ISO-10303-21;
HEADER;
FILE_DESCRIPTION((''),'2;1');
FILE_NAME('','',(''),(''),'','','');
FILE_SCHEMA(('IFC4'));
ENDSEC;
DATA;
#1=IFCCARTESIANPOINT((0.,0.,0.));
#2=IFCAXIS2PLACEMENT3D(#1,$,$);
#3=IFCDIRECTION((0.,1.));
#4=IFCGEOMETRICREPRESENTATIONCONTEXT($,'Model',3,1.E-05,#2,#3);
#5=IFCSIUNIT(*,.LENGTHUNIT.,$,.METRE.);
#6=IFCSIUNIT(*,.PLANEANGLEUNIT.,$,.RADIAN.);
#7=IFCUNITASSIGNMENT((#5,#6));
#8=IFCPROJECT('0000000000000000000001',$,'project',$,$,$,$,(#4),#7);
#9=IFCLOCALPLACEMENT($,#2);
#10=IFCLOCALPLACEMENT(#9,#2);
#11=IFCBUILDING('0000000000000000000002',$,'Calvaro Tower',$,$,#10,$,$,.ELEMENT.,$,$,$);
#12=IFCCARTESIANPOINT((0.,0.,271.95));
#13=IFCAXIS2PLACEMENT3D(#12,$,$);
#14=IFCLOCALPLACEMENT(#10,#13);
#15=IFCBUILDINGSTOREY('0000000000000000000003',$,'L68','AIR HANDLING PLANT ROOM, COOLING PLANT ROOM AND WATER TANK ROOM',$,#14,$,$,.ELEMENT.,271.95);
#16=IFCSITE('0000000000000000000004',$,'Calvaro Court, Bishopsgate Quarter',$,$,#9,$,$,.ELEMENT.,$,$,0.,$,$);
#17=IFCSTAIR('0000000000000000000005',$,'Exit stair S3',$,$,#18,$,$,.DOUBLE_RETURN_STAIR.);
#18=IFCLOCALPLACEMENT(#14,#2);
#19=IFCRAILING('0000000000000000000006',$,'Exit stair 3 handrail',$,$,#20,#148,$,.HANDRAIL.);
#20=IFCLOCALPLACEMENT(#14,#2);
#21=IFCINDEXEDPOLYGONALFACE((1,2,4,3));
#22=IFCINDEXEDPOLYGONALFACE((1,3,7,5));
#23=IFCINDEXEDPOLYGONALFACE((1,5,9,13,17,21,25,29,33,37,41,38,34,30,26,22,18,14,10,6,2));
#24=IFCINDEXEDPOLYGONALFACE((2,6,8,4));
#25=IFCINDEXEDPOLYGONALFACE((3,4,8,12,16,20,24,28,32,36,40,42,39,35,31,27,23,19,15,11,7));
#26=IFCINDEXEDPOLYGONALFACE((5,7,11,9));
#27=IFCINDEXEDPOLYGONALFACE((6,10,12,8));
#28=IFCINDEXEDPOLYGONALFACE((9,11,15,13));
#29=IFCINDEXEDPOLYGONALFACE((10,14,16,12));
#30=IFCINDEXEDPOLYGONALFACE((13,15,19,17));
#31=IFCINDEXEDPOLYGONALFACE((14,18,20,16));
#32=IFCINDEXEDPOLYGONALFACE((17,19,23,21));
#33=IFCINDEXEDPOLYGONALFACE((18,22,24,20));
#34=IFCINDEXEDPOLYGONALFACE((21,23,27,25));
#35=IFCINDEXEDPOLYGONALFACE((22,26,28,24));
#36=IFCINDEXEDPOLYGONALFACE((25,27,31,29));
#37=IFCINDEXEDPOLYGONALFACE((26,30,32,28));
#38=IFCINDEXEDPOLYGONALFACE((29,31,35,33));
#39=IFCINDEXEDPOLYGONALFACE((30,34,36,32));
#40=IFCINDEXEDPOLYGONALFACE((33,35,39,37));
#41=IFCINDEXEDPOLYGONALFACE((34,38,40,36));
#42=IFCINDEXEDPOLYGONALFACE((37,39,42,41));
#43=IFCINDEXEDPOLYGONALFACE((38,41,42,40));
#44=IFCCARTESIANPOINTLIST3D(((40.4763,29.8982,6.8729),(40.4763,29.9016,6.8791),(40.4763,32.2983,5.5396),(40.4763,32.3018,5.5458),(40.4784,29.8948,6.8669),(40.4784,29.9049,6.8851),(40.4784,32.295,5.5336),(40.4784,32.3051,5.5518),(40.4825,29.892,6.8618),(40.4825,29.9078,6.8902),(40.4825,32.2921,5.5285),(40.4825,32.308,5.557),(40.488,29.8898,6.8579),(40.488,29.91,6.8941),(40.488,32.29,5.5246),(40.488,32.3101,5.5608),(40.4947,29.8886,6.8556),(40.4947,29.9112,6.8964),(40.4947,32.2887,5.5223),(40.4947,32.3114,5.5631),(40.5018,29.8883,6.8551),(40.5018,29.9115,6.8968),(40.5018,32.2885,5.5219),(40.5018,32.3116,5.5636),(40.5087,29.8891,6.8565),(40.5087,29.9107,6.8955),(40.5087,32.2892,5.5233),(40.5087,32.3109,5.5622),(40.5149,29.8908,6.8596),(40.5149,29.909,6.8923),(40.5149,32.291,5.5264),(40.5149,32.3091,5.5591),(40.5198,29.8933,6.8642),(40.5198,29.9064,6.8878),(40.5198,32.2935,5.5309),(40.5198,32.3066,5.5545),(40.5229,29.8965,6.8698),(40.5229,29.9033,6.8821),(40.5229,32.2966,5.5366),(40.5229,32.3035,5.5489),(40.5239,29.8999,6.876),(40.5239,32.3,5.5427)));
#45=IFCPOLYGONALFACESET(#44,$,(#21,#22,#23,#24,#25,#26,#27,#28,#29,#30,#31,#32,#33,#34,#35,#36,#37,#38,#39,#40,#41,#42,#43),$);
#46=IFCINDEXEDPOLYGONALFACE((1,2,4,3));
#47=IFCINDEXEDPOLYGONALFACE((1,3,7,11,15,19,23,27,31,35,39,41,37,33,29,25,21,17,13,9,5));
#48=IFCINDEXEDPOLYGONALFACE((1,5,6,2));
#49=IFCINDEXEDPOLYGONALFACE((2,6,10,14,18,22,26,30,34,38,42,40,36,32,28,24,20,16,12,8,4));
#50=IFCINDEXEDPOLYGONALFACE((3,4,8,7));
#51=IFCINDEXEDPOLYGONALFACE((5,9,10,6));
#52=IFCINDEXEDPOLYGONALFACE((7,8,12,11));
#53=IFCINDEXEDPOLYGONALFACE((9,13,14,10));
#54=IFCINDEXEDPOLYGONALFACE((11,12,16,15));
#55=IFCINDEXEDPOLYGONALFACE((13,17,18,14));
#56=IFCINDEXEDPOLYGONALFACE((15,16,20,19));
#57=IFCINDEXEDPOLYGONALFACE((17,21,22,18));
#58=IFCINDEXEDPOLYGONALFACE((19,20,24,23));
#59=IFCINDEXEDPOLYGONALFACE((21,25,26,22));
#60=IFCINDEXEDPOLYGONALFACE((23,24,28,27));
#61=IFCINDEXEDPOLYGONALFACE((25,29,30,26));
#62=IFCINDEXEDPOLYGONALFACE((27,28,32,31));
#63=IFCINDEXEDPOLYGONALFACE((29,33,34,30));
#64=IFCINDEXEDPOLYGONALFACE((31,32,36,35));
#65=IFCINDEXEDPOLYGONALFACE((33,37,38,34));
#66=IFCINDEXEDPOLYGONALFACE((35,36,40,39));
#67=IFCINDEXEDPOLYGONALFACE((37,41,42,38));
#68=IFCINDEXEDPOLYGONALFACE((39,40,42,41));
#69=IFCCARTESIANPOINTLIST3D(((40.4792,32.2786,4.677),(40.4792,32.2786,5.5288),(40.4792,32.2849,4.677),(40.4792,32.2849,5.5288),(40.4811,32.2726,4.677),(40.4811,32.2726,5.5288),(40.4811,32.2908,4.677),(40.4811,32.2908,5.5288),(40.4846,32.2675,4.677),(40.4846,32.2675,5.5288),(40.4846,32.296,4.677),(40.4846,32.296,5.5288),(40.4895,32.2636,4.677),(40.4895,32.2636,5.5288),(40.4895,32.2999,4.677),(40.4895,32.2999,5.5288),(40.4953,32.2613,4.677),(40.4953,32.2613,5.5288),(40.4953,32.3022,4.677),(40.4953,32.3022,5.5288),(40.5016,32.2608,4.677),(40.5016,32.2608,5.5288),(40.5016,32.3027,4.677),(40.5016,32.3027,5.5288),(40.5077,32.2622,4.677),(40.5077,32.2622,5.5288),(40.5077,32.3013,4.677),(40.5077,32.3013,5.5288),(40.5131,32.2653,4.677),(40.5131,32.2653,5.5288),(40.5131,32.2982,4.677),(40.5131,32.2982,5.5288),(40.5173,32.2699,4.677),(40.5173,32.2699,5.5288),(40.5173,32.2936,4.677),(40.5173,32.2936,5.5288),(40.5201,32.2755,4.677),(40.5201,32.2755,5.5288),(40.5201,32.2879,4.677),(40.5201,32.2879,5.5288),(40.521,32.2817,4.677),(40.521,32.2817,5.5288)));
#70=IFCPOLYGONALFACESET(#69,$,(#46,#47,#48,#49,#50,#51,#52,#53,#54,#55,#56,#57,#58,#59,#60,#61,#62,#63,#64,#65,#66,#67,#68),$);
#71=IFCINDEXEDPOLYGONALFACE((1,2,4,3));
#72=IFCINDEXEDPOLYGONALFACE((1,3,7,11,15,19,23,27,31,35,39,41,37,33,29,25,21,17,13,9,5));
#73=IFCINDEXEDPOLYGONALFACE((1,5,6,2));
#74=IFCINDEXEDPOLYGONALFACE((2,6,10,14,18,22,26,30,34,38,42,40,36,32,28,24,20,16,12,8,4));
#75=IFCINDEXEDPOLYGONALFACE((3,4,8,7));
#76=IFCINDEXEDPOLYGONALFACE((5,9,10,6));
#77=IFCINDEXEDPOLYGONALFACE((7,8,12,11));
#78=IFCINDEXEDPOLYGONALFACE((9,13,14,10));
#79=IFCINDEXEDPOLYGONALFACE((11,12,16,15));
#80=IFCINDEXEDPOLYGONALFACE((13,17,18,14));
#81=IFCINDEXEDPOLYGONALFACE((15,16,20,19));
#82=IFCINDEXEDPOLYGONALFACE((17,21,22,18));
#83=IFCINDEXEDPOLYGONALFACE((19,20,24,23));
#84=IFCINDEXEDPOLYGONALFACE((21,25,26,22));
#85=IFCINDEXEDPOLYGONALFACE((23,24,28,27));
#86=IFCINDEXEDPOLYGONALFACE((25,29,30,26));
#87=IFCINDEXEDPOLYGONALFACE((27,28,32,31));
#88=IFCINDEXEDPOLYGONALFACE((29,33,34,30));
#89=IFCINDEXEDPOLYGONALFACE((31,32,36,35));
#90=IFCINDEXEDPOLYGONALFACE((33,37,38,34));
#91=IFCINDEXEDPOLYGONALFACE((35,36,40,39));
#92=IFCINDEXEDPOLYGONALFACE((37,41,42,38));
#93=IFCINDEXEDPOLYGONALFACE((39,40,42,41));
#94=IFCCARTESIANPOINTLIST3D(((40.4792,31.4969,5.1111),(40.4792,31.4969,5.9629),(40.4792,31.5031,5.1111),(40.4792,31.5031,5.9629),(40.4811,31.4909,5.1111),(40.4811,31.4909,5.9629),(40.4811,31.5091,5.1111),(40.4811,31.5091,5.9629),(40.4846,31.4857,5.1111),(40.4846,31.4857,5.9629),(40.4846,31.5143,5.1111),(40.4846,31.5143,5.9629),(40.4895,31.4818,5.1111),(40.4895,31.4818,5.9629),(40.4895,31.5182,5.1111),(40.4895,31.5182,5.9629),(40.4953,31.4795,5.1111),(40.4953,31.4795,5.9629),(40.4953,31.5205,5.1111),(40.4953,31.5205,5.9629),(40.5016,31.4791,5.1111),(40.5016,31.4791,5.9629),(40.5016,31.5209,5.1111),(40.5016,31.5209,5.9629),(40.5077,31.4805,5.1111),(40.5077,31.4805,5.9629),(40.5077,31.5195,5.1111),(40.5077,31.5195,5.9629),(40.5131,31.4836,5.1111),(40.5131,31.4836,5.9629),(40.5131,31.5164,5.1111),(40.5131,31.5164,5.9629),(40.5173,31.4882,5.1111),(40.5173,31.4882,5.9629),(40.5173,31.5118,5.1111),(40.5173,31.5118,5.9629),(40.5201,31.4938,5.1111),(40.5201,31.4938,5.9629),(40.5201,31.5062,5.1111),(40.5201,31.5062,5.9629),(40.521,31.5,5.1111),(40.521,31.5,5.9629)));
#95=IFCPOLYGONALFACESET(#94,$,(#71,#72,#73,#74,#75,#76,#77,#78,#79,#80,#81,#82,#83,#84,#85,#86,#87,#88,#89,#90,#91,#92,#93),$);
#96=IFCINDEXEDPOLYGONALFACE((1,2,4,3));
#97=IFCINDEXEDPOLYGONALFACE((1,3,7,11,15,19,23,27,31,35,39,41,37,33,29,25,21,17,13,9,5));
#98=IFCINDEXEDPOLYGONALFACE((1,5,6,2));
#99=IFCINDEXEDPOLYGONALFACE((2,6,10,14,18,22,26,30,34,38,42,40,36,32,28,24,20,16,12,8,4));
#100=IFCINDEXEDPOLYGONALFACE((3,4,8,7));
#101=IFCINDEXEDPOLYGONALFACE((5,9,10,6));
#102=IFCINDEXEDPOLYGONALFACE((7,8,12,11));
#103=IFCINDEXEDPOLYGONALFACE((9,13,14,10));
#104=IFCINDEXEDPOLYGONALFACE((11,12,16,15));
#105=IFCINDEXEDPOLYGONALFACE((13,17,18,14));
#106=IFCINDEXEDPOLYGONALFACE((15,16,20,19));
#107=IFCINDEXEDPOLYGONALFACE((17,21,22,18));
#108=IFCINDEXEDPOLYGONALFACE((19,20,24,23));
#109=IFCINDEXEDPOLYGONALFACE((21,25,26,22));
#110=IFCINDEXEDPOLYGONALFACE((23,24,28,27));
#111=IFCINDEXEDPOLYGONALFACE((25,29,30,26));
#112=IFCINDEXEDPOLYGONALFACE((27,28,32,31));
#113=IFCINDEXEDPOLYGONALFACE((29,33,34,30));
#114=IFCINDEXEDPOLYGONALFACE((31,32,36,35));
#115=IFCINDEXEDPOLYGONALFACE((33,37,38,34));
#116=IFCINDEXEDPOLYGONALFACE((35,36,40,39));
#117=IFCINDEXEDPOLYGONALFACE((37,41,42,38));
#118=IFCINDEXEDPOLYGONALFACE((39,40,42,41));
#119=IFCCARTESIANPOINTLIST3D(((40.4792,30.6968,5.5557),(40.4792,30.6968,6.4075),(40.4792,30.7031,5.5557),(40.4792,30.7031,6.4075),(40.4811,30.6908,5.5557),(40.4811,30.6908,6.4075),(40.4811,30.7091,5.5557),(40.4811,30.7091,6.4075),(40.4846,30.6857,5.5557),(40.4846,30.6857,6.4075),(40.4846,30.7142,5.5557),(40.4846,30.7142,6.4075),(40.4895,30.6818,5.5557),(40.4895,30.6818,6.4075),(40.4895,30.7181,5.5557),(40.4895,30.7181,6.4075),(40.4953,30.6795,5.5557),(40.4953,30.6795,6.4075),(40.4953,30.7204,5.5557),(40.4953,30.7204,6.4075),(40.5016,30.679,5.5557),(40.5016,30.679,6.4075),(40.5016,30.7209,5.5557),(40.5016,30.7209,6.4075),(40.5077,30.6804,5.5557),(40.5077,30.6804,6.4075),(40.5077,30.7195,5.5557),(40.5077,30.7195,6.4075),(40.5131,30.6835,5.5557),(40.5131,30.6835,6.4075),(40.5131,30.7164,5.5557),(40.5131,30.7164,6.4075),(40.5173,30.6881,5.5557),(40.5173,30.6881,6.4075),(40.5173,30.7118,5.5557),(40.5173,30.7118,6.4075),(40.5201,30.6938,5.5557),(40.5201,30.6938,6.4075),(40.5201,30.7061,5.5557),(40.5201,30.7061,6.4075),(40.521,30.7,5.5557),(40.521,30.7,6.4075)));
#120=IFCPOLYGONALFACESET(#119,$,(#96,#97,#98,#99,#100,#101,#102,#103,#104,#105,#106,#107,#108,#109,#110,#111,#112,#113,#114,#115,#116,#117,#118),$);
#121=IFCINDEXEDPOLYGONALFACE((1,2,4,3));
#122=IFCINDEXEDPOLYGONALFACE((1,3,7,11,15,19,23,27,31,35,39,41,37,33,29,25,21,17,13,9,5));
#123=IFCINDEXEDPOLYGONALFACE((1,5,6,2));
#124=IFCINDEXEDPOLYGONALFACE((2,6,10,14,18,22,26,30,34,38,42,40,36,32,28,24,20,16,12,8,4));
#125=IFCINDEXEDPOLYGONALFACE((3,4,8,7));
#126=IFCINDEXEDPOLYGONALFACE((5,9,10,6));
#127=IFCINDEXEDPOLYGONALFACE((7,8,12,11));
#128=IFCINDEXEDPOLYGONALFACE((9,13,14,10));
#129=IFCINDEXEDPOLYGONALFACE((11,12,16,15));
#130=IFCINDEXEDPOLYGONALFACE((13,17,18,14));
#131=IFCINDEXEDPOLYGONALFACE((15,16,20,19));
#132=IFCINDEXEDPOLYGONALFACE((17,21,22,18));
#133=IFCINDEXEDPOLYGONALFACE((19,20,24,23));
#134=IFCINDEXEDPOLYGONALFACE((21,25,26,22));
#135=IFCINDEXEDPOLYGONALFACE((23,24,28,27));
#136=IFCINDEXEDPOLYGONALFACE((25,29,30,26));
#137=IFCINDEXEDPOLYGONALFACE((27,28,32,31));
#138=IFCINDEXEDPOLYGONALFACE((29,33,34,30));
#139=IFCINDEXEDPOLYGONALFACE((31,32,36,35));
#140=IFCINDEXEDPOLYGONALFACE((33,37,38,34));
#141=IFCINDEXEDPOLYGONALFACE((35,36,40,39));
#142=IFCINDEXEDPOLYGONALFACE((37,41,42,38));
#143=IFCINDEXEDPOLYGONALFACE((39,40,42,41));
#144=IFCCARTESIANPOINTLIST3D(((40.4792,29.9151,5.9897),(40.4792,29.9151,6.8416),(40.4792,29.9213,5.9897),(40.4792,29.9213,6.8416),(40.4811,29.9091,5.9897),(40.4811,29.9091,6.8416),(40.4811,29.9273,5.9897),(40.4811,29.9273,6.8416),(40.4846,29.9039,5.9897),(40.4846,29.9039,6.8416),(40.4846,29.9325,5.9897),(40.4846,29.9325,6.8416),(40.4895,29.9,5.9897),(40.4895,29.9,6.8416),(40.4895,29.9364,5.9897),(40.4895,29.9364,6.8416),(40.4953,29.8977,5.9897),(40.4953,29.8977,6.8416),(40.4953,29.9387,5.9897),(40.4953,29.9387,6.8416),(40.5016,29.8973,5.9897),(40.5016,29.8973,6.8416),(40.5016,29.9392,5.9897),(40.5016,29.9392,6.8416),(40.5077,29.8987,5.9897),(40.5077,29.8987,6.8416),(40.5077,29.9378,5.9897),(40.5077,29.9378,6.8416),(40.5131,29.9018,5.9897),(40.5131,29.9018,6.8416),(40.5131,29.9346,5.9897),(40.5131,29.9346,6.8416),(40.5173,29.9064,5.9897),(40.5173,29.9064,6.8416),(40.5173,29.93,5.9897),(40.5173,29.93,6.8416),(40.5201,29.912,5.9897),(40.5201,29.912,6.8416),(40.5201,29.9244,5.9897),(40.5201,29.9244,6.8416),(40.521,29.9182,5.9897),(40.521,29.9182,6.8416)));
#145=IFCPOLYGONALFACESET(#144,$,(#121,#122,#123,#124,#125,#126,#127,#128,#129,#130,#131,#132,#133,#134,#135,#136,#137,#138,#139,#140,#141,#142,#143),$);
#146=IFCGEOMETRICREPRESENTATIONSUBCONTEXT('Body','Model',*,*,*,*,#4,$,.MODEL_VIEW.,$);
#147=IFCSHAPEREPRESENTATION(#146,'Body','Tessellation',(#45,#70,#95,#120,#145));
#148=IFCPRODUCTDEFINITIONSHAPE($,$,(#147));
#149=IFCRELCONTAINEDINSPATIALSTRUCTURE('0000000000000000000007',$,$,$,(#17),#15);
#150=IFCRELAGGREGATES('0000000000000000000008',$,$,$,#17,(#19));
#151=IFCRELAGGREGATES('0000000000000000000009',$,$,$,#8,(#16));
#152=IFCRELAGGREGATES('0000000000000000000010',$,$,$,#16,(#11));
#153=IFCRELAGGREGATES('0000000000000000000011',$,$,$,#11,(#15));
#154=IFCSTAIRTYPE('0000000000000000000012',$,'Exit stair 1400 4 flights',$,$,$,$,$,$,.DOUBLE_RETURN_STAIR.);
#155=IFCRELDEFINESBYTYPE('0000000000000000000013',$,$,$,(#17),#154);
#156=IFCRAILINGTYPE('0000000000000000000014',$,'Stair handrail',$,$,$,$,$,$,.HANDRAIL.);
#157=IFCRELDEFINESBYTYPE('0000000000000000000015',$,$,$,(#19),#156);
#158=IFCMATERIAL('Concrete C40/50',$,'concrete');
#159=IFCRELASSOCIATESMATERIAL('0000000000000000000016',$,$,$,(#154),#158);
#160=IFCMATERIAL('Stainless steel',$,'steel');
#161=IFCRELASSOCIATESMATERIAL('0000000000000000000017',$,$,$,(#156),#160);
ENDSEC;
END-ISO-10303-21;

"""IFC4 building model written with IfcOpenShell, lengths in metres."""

from ifc_helpers import new_model, si_unit, direction, frame, origin, origin_2d, place, context, subcontext, project, spatial, circle, extrude, material, type_object, element, aggregate, save


model = new_model("IFC4")

# Units and contexts
model_context = context("Model", 3, precision=1e-05, world=origin(), true_north=direction((0.0, 1.0)))
body_context = subcontext(model_context, "Body", "Model", "MODEL_VIEW")
ifc_project = project(units=[si_unit("LENGTHUNIT", "METRE"), si_unit("PLANEANGLEUNIT", "RADIAN")], contexts=[model_context])

# Site, building, storey
site_placement = place(None, origin())
site = spatial("IfcSite", under=ifc_project, at=site_placement, Name="Calvaro Court, Bishopsgate Quarter", CompositionType="ELEMENT", RefElevation=0.0)
building_placement = place(site_placement, origin())
building = spatial("IfcBuilding", under=site, at=building_placement, Name="Calvaro Tower", CompositionType="ELEMENT")
storey_placement = place(building_placement, frame((0.0, 0.0, 271.95)))
storey = spatial("IfcBuildingStorey", under=building, at=storey_placement, Name="L68", Description="AIR HANDLING PLANT ROOM, COOLING PLANT ROOM AND WATER TANK ROOM", CompositionType="ELEMENT", Elevation=271.95)

# Stair
ifc_material_1 = material(Name="Concrete C40/50", Category="concrete")
stair_type = type_object("IfcStairType", Name="Exit stair 1400 4 flights", PredefinedType="DOUBLE_RETURN_STAIR", material=ifc_material_1)
stair_placement = place(storey_placement, origin())
stair = element("IfcStair", 1, at=stair_placement, inside=storey, type_object=stair_type, Name="Exit stair S3", PredefinedType="DOUBLE_RETURN_STAIR")

# Railing
ifc_material_2 = material(Name="Stainless steel", Category="steel")
railing_type = type_object("IfcRailingType", Name="Stair handrail", PredefinedType="HANDRAIL", material=ifc_material_2)
railing_1_placement = place(storey_placement, frame((40.5, 32.3, 4.6667)))
railing_1 = element("IfcRailing", 2, at=railing_1_placement, type_object=railing_type, Name="Exit stair 3 handrail", PredefinedType="HANDRAIL", context=body_context, shape_type="SweptSolid", body=[
    extrude(circle(Radius=0.0239, at=origin_2d()), frame((0.0, 0.0, 0.876), z_axis=(0.0, -0.874182, 0.485598), x_axis=(1.0, 0.0, 0.0)), (0.0, 0.0, 1.0), 2.7456),
    extrude(circle(Radius=0.021, at=origin_2d()), frame((0.0, -0.0183, 0.0103)), (0.0, 0.0, 1.0), 0.8518),
    extrude(circle(Radius=0.021, at=origin_2d()), frame((0.0, -0.8, 0.4443)), (0.0, 0.0, 1.0), 0.8518),
    extrude(circle(Radius=0.021, at=origin_2d()), frame((0.0, -1.6001, 0.8889)), (0.0, 0.0, 1.0), 0.8518),
    extrude(circle(Radius=0.021, at=origin_2d()), frame((0.0, -2.3818, 1.323)), (0.0, 0.0, 1.0), 0.8518),
])
aggregate(stair, [railing_1])

save(model, "model.ifc")
